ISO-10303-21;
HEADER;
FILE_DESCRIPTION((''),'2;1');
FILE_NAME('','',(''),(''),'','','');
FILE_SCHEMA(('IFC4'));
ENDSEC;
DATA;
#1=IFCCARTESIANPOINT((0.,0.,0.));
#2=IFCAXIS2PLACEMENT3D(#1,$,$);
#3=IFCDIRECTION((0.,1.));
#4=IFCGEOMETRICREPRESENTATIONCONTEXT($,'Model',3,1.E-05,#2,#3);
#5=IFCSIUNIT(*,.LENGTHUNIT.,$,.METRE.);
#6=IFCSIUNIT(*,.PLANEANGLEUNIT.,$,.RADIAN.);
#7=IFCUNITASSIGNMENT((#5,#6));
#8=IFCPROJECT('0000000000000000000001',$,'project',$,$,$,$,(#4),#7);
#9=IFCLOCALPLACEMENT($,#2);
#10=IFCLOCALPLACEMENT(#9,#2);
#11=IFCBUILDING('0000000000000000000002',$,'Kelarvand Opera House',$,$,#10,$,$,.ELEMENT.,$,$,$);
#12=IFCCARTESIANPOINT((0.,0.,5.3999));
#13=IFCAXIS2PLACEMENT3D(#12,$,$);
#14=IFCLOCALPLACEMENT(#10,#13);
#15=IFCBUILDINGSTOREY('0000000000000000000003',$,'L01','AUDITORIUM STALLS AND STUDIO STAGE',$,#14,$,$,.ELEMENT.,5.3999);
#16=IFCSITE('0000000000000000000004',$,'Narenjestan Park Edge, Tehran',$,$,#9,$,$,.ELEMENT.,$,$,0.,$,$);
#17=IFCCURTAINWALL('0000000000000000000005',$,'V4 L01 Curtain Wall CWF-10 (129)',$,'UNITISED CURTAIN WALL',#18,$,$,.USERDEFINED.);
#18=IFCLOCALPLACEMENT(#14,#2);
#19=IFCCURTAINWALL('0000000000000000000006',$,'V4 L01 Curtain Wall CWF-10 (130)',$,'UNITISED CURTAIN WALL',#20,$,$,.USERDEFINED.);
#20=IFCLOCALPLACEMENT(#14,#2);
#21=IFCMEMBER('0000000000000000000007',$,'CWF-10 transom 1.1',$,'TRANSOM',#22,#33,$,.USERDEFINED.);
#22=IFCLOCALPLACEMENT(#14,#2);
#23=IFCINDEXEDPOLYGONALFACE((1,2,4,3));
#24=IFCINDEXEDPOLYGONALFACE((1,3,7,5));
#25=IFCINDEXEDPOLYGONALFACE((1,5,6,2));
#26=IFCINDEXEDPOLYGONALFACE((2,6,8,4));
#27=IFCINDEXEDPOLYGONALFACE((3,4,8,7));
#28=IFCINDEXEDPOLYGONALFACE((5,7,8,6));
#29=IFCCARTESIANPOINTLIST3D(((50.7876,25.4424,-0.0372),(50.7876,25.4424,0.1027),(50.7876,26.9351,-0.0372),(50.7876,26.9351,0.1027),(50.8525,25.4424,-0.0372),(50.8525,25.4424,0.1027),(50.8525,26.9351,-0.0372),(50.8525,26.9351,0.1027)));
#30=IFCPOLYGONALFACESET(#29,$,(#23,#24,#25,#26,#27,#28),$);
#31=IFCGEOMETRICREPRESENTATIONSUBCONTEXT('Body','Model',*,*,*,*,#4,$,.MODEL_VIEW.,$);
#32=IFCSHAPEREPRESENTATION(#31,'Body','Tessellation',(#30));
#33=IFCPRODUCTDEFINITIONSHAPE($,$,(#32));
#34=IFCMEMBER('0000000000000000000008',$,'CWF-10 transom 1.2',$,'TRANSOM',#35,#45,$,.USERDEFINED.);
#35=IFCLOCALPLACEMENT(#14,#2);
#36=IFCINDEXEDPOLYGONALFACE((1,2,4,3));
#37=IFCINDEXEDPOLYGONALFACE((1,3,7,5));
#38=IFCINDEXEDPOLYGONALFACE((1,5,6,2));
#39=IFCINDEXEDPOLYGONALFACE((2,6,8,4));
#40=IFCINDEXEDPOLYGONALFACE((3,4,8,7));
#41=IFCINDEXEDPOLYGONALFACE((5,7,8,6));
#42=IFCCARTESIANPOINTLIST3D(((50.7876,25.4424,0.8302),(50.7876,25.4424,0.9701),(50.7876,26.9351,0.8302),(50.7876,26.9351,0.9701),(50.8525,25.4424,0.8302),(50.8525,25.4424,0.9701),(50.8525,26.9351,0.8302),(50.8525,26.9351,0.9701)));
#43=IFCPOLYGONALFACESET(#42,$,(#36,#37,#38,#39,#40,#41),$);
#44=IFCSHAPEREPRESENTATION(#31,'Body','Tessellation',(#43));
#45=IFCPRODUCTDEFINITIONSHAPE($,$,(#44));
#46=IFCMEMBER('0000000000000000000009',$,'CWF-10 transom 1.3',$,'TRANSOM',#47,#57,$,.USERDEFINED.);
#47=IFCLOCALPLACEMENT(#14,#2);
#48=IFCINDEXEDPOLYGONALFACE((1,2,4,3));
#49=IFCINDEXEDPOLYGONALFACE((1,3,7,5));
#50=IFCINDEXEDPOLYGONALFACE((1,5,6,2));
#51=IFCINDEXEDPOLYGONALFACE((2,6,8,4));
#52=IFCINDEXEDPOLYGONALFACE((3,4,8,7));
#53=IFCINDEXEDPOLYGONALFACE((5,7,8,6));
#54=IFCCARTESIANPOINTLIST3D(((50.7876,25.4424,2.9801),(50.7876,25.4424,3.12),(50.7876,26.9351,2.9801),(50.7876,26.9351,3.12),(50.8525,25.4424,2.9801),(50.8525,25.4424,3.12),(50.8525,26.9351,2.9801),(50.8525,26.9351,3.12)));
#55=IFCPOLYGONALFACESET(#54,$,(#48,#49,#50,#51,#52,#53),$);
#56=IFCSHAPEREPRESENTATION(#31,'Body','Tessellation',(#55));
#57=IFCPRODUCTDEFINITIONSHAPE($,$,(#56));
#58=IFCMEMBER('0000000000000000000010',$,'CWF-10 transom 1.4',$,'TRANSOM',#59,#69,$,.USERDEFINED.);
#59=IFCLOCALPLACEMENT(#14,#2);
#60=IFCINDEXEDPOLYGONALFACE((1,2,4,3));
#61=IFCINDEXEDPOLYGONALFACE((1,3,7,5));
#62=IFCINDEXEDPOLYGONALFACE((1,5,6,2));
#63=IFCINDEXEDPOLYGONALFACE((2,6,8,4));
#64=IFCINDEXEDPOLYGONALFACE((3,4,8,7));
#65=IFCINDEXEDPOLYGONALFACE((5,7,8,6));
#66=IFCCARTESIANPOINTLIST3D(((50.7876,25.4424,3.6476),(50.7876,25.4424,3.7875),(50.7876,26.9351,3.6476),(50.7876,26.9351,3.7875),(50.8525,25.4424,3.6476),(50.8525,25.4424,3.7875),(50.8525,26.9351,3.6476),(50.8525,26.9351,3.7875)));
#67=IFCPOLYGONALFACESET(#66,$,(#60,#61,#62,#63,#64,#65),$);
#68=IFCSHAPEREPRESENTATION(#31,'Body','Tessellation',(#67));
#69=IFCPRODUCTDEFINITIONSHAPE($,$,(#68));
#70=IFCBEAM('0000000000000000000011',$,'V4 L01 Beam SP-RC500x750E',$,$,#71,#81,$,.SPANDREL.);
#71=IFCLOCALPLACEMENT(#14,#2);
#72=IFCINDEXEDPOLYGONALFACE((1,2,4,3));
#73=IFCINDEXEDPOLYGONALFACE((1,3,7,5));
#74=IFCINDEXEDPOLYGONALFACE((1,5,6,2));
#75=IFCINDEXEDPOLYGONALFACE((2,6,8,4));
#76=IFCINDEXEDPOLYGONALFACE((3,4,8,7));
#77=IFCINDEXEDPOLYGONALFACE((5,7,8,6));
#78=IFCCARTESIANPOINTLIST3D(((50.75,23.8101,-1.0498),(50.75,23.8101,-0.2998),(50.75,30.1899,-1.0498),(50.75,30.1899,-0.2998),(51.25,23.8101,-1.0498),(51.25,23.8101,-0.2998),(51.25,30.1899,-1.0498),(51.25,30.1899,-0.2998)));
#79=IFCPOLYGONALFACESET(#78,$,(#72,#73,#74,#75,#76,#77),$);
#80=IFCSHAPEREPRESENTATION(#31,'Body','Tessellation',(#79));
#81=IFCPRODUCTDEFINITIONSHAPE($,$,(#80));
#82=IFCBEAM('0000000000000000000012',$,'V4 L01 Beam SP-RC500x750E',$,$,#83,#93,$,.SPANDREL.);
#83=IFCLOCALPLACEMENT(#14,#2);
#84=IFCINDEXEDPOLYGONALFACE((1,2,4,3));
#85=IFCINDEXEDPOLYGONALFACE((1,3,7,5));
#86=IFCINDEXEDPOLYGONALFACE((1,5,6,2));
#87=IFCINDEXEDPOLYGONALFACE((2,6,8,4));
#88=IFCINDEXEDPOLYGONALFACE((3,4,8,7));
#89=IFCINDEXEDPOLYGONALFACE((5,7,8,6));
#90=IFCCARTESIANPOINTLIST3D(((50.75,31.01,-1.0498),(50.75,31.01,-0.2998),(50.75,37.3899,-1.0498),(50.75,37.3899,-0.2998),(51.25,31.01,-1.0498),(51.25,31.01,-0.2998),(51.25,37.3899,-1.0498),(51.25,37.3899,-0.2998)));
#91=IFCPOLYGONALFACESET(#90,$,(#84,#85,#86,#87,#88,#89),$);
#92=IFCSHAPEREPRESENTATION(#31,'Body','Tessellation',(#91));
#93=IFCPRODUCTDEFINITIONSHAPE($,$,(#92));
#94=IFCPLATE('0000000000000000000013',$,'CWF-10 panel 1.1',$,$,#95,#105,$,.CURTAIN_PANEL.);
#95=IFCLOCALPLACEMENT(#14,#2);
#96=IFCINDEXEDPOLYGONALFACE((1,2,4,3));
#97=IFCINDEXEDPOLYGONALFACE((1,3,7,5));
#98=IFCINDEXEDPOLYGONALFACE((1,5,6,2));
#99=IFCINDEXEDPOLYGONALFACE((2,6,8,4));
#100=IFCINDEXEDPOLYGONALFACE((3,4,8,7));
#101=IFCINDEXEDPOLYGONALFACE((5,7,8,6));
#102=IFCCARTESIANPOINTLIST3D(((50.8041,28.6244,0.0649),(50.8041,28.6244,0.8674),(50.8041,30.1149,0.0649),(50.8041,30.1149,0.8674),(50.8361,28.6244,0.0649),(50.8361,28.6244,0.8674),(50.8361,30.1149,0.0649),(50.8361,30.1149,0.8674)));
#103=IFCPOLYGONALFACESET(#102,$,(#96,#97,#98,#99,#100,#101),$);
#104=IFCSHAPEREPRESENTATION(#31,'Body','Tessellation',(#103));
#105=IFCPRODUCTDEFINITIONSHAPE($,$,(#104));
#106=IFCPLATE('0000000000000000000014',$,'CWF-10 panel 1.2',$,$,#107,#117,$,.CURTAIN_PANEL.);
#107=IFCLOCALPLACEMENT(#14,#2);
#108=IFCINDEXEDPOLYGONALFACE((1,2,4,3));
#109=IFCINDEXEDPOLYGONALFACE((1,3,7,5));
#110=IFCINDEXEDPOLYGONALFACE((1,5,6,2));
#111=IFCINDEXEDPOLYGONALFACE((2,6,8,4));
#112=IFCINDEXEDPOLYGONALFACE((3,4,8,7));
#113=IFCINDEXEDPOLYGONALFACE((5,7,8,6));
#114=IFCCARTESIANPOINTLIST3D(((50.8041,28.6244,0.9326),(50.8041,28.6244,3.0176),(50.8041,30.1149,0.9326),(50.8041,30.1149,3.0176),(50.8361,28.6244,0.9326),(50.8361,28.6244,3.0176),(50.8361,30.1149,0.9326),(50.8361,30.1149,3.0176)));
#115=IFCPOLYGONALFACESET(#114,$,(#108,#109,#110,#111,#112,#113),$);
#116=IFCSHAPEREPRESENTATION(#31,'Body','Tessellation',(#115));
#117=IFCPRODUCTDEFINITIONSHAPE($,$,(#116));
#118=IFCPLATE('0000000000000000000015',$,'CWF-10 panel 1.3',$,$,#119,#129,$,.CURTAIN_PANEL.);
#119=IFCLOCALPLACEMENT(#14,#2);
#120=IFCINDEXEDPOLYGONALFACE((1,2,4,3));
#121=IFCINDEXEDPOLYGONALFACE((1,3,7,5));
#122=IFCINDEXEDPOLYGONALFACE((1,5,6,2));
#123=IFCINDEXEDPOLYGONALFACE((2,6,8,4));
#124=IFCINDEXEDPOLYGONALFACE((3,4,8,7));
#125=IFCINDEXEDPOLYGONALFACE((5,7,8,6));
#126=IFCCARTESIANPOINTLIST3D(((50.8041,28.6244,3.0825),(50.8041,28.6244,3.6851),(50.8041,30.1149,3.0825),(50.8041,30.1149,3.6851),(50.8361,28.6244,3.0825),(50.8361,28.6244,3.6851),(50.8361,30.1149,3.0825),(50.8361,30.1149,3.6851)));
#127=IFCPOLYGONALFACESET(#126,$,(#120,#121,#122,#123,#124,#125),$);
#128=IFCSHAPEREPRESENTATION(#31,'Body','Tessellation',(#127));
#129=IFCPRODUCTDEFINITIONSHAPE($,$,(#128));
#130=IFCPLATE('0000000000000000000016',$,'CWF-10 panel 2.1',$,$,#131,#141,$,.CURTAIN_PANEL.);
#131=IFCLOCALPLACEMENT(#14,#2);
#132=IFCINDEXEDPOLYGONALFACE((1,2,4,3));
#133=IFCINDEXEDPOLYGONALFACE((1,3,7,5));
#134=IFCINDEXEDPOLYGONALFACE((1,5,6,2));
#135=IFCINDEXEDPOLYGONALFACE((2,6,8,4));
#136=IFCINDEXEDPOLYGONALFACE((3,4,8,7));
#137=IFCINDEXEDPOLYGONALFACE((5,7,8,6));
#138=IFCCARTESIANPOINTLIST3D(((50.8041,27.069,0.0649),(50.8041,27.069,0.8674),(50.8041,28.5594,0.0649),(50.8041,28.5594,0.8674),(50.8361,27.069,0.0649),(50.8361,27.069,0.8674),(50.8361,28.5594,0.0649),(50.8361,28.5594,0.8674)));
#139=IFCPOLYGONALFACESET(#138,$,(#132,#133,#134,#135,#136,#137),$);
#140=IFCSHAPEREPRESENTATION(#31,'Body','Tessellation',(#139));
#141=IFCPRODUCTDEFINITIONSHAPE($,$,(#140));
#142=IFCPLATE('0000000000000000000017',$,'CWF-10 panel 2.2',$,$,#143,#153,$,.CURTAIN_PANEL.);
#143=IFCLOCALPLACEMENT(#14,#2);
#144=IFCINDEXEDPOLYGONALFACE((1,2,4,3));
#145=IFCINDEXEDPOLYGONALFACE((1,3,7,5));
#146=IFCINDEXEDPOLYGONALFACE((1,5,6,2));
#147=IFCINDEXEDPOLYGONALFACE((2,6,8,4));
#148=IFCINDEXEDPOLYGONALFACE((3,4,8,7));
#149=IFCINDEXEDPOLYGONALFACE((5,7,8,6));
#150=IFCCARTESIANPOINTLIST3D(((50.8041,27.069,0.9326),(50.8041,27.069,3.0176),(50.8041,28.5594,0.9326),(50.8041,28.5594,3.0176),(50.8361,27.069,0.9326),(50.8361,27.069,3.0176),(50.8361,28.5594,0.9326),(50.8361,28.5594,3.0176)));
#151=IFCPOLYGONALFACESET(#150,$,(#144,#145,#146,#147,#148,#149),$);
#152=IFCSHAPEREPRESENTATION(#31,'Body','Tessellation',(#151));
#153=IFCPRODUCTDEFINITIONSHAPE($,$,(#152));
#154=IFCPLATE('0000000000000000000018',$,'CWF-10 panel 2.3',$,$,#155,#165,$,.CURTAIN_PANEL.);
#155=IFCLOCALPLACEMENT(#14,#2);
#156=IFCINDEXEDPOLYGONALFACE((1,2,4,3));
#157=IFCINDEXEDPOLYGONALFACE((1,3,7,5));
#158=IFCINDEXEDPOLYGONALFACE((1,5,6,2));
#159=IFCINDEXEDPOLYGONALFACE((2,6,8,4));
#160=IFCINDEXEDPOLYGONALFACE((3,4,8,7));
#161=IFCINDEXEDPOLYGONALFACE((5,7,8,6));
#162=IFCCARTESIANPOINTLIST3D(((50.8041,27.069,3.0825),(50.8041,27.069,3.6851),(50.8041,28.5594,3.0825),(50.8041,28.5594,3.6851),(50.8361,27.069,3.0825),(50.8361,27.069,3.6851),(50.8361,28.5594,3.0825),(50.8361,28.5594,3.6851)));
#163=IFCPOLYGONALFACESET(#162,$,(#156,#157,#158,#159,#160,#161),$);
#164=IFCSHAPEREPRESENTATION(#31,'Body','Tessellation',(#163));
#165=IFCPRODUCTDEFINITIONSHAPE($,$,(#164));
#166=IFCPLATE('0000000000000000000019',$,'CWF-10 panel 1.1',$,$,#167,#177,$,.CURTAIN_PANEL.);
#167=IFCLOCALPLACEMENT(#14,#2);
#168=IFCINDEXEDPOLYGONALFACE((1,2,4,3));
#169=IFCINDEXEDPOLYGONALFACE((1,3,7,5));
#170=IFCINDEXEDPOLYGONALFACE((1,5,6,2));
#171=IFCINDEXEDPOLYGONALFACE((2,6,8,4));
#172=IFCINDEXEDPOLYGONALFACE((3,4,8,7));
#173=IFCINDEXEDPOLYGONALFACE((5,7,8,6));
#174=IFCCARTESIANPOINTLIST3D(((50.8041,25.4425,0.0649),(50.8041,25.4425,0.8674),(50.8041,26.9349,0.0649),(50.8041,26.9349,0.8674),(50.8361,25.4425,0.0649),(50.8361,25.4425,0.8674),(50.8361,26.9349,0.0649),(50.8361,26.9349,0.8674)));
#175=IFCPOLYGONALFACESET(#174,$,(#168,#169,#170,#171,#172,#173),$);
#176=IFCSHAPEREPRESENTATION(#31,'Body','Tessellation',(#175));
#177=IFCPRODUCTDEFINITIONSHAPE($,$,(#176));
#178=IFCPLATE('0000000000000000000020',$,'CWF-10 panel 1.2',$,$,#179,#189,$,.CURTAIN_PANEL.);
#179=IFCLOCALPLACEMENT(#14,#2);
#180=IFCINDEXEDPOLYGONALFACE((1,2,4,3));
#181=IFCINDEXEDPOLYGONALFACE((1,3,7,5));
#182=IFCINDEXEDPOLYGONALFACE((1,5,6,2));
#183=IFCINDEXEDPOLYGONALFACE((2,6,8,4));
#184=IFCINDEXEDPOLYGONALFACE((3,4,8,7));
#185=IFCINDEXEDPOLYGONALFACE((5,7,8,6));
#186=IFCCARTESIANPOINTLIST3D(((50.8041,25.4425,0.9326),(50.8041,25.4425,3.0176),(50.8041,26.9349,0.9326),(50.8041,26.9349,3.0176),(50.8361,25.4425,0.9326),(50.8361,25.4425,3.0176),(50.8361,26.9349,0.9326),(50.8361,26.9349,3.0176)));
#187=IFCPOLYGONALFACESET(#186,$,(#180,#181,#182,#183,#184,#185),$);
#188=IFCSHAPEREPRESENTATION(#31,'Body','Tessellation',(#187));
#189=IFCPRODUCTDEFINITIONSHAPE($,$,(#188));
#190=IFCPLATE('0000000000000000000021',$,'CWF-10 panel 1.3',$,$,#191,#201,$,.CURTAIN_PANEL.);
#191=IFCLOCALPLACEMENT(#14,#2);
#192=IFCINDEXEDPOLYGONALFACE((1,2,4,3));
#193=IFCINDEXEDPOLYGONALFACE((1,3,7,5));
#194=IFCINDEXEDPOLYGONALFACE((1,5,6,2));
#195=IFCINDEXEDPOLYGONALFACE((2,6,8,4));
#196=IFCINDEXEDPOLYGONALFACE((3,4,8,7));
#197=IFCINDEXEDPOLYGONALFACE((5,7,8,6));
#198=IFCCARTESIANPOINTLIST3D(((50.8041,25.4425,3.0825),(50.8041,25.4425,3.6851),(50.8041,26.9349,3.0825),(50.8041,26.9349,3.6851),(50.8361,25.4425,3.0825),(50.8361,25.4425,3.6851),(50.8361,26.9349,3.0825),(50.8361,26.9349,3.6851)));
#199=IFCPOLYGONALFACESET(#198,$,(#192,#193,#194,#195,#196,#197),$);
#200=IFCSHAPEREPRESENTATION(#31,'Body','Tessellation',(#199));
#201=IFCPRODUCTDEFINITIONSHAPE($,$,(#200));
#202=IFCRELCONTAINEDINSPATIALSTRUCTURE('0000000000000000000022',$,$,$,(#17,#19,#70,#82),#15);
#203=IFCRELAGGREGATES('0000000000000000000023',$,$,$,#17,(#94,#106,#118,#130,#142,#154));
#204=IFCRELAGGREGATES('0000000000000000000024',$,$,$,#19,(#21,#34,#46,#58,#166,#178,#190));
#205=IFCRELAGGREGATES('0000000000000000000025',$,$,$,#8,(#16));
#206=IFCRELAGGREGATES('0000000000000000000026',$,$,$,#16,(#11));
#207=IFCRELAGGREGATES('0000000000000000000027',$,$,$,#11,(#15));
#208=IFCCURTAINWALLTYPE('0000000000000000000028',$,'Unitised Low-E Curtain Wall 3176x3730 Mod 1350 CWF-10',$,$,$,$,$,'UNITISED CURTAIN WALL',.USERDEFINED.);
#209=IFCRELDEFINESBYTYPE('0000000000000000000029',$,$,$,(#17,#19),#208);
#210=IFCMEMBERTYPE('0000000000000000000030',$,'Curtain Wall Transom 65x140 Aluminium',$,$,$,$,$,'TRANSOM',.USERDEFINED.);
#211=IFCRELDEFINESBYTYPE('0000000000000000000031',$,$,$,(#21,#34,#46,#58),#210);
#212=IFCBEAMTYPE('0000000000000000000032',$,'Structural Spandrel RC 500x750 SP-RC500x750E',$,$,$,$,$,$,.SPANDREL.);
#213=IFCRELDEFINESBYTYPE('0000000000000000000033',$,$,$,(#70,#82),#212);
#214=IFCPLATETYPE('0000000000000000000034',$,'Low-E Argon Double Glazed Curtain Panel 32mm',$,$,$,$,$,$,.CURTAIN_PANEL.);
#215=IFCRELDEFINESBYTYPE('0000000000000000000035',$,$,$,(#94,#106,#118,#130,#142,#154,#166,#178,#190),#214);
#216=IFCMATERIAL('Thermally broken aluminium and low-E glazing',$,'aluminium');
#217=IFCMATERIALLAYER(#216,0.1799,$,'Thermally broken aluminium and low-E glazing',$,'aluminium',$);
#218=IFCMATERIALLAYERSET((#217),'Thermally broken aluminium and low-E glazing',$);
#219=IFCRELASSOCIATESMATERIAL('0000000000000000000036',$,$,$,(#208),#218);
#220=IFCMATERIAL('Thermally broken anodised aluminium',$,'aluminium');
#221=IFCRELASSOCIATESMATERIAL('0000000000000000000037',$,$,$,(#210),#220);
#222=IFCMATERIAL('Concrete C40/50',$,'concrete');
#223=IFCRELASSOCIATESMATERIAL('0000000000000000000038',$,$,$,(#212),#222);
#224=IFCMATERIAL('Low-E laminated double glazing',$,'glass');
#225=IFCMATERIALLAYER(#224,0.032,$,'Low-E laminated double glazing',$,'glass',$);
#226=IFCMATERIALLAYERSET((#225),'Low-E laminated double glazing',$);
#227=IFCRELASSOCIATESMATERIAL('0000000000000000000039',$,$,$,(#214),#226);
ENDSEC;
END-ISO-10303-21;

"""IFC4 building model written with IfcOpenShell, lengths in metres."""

from ifc_helpers import new_model, si_unit, direction, frame, origin, origin_2d, place, context, subcontext, project, spatial, rectangle, extrude, material, layer, layer_set, material_profile, profile_set, type_object, element, aggregate, save


model = new_model("IFC4")

# Units and contexts
model_context = context("Model", 3, precision=1e-05, world=origin(), true_north=direction((0.0, 1.0)))
body_context = subcontext(model_context, "Body", "Model", "MODEL_VIEW")
ifc_project = project(units=[si_unit("LENGTHUNIT", "METRE"), si_unit("PLANEANGLEUNIT", "RADIAN")], contexts=[model_context])

# Site, building, storey
site_placement = place(None, origin())
site = spatial("IfcSite", under=ifc_project, at=site_placement, Name="Narenjestan Park Edge, Tehran", CompositionType="ELEMENT", RefElevation=0.0)
building_placement = place(site_placement, origin())
building = spatial("IfcBuilding", under=site, at=building_placement, Name="Kelarvand Opera House", CompositionType="ELEMENT")
storey_placement = place(building_placement, frame((0.0, 0.0, 5.3999)))
storey = spatial("IfcBuildingStorey", under=building, at=storey_placement, Name="L01", Description="AUDITORIUM STALLS AND STUDIO STAGE", CompositionType="ELEMENT", Elevation=5.3999)

# Shared definitions
ifc_material_1 = material(Name="Concrete C40/50", Category="concrete")

# Curtain wall
ifc_material_2 = material(Name="Thermally broken aluminium and low-E glazing", Category="aluminium")
ifc_layer_1 = layer(ifc_material_2, 0.1799, Name="Thermally broken aluminium and low-E glazing", Category="aluminium")
ifc_layer_set_1 = layer_set([ifc_layer_1], Name="Thermally broken aluminium and low-E glazing")
curtain_wall_type = type_object("IfcCurtainWallType", Name="Unitised Low-E Curtain Wall 3176x3730 Mod 1350 CWF-10", ElementType="UNITISED CURTAIN WALL", PredefinedType="USERDEFINED", material=ifc_layer_set_1)
curtain_wall_1_placement = place(storey_placement, origin())
curtain_wall_1 = element("IfcCurtainWall", 1, at=curtain_wall_1_placement, inside=storey, type_object=curtain_wall_type, Name="V4 L01 Curtain Wall CWF-10 (129)", ObjectType="UNITISED CURTAIN WALL", PredefinedType="USERDEFINED")
ifc_material_3 = material(Name="Thermally broken anodised aluminium", Category="aluminium")

# Curtain wall
curtain_wall_2_placement = place(storey_placement, origin())
curtain_wall_2 = element("IfcCurtainWall", 2, at=curtain_wall_2_placement, inside=storey, type_object=curtain_wall_type, Name="V4 L01 Curtain Wall CWF-10 (130)", ObjectType="UNITISED CURTAIN WALL", PredefinedType="USERDEFINED")

# Members
ifc_material_profile_1 = material_profile(ifc_material_3, rectangle(XDim=0.0649, YDim=0.1399, at=origin_2d()), Name="ALU TRANSOM 65x140", Category="aluminium")
ifc_profile_set_1 = profile_set([ifc_material_profile_1], Name="Thermally broken anodised aluminium")
member_type_1 = type_object("IfcMemberType", Name="Curtain Wall Transom 65x140 Aluminium", ElementType="TRANSOM", PredefinedType="USERDEFINED", material=ifc_profile_set_1)
member_1_placement = place(storey_placement, frame((50.8201, 26.9351, 0.0327), z_axis=(0.0, -1.0, 0.0), x_axis=(1.0, 0.0, 0.0)))
member_1 = element("IfcMember", 3, at=member_1_placement, type_object=member_type_1, Name="CWF-10 transom 1.1", ObjectType="TRANSOM", PredefinedType="USERDEFINED", context=body_context, shape_type="SweptSolid", body=[
    extrude(rectangle(XDim=0.0649, YDim=0.1399, at=origin_2d()), origin(), (0.0, 0.0, 1.0), 1.4927),
])
member_2_placement = place(storey_placement, frame((50.8201, 26.9351, 0.9001), z_axis=(0.0, -1.0, 0.0), x_axis=(1.0, 0.0, 0.0)))
member_2 = element("IfcMember", 4, at=member_2_placement, type_object=member_type_1, Name="CWF-10 transom 1.2", ObjectType="TRANSOM", PredefinedType="USERDEFINED", context=body_context, shape_type="SweptSolid", body=[
    extrude(rectangle(XDim=0.0649, YDim=0.1399, at=origin_2d()), origin(), (0.0, 0.0, 1.0), 1.4927),
])
member_3_placement = place(storey_placement, frame((50.8201, 26.9351, 3.05), z_axis=(0.0, -1.0, 0.0), x_axis=(1.0, 0.0, 0.0)))
member_3 = element("IfcMember", 5, at=member_3_placement, type_object=member_type_1, Name="CWF-10 transom 1.3", ObjectType="TRANSOM", PredefinedType="USERDEFINED", context=body_context, shape_type="SweptSolid", body=[
    extrude(rectangle(XDim=0.0649, YDim=0.1399, at=origin_2d()), origin(), (0.0, 0.0, 1.0), 1.4927),
])
member_4_placement = place(storey_placement, frame((50.8201, 26.9351, 3.7175), z_axis=(0.0, -1.0, 0.0), x_axis=(1.0, 0.0, 0.0)))
member_4 = element("IfcMember", 6, at=member_4_placement, type_object=member_type_1, Name="CWF-10 transom 1.4", ObjectType="TRANSOM", PredefinedType="USERDEFINED", context=body_context, shape_type="SweptSolid", body=[
    extrude(rectangle(XDim=0.0649, YDim=0.1399, at=origin_2d()), origin(), (0.0, 0.0, 1.0), 1.4927),
])

# Beams
ifc_material_profile_2 = material_profile(ifc_material_1, rectangle(XDim=0.5, YDim=0.75, at=origin_2d()), Name="RC 500x750", Category="concrete")
ifc_profile_set_2 = profile_set([ifc_material_profile_2], Name="Concrete C40/50")
beam_type = type_object("IfcBeamType", Name="Structural Spandrel RC 500x750 SP-RC500x750E", PredefinedType="SPANDREL", material=ifc_profile_set_2)
for number, where, z_axis, x_axis, name in (
    (7, (51.0, 23.8101, -0.6748), (0.0, 1.0, 0.0), (-1.0, 0.0, 0.0), "V4 L01 Beam SP-RC500x750E"),
    (8, (51.0, 31.01, -0.6748), (0.0, 1.0, 0.0), (-1.0, 0.0, 0.0), "V4 L01 Beam SP-RC500x750E"),
):
    element("IfcBeam", number, at=place(storey_placement, frame(where, z_axis=z_axis, x_axis=x_axis)), inside=storey, type_object=beam_type, Name=name, PredefinedType="SPANDREL", context=body_context, shape_type="SweptSolid", body=[
        extrude(rectangle(XDim=0.5, YDim=0.75, at=origin_2d()), origin(), (0.0, 0.0, 1.0), 6.3799),
    ])

# Plates
ifc_material_4 = material(Name="Low-E laminated double glazing", Category="glass")
ifc_layer_2 = layer(ifc_material_4, 0.032, Name="Low-E laminated double glazing", Category="glass")
ifc_layer_set_2 = layer_set([ifc_layer_2], Name="Low-E laminated double glazing")
plate_type = type_object("IfcPlateType", Name="Low-E Argon Double Glazed Curtain Panel 32mm", PredefinedType="CURTAIN_PANEL", material=ifc_layer_set_2)
plate_1_placement = place(storey_placement, frame((50.8201, 29.3696, 0.0649), z_axis=(0.0, 0.0, 1.0), x_axis=(0.0, -1.0, 0.0)))
plate_1 = element("IfcPlate", 9, at=plate_1_placement, type_object=plate_type, Name="CWF-10 panel 1.1", PredefinedType="CURTAIN_PANEL", context=body_context, shape_type="SweptSolid", body=[
    extrude(rectangle(XDim=1.4905, YDim=0.032, at=origin_2d()), origin(), (0.0, 0.0, 1.0), 0.8025),
])
plate_2_placement = place(storey_placement, frame((50.8201, 29.3696, 0.9326), z_axis=(0.0, 0.0, 1.0), x_axis=(0.0, -1.0, 0.0)))
plate_2 = element("IfcPlate", 10, at=plate_2_placement, type_object=plate_type, Name="CWF-10 panel 1.2", PredefinedType="CURTAIN_PANEL", context=body_context, shape_type="SweptSolid", body=[
    extrude(rectangle(XDim=1.4905, YDim=0.032, at=origin_2d()), origin(), (0.0, 0.0, 1.0), 2.085),
])
plate_3_placement = place(storey_placement, frame((50.8201, 29.3696, 3.0825), z_axis=(0.0, 0.0, 1.0), x_axis=(0.0, -1.0, 0.0)))
plate_3 = element("IfcPlate", 11, at=plate_3_placement, type_object=plate_type, Name="CWF-10 panel 1.3", PredefinedType="CURTAIN_PANEL", context=body_context, shape_type="SweptSolid", body=[
    extrude(rectangle(XDim=1.4905, YDim=0.032, at=origin_2d()), origin(), (0.0, 0.0, 1.0), 0.6025),
])
plate_4_placement = place(storey_placement, frame((50.8201, 27.8142, 0.0649), z_axis=(0.0, 0.0, 1.0), x_axis=(0.0, -1.0, 0.0)))
plate_4 = element("IfcPlate", 12, at=plate_4_placement, type_object=plate_type, Name="CWF-10 panel 2.1", PredefinedType="CURTAIN_PANEL", context=body_context, shape_type="SweptSolid", body=[
    extrude(rectangle(XDim=1.4905, YDim=0.032, at=origin_2d()), origin(), (0.0, 0.0, 1.0), 0.8025),
])
plate_5_placement = place(storey_placement, frame((50.8201, 27.8142, 0.9326), z_axis=(0.0, 0.0, 1.0), x_axis=(0.0, -1.0, 0.0)))
plate_5 = element("IfcPlate", 13, at=plate_5_placement, type_object=plate_type, Name="CWF-10 panel 2.2", PredefinedType="CURTAIN_PANEL", context=body_context, shape_type="SweptSolid", body=[
    extrude(rectangle(XDim=1.4905, YDim=0.032, at=origin_2d()), origin(), (0.0, 0.0, 1.0), 2.085),
])
plate_6_placement = place(storey_placement, frame((50.8201, 27.8142, 3.0825), z_axis=(0.0, 0.0, 1.0), x_axis=(0.0, -1.0, 0.0)))
plate_6 = element("IfcPlate", 14, at=plate_6_placement, type_object=plate_type, Name="CWF-10 panel 2.3", PredefinedType="CURTAIN_PANEL", context=body_context, shape_type="SweptSolid", body=[
    extrude(rectangle(XDim=1.4905, YDim=0.032, at=origin_2d()), origin(), (0.0, 0.0, 1.0), 0.6025),
])
aggregate(curtain_wall_1, [plate_1, plate_2, plate_3, plate_4, plate_5, plate_6])
plate_7_placement = place(storey_placement, frame((50.8201, 26.1887, 0.0649), z_axis=(0.0, 0.0, 1.0), x_axis=(0.0, -1.0, 0.0)))
plate_7 = element("IfcPlate", 15, at=plate_7_placement, type_object=plate_type, Name="CWF-10 panel 1.1", PredefinedType="CURTAIN_PANEL", context=body_context, shape_type="SweptSolid", body=[
    extrude(rectangle(XDim=1.4924, YDim=0.032, at=origin_2d()), origin(), (0.0, 0.0, 1.0), 0.8025),
])
plate_8_placement = place(storey_placement, frame((50.8201, 26.1887, 0.9326), z_axis=(0.0, 0.0, 1.0), x_axis=(0.0, -1.0, 0.0)))
plate_8 = element("IfcPlate", 16, at=plate_8_placement, type_object=plate_type, Name="CWF-10 panel 1.2", PredefinedType="CURTAIN_PANEL", context=body_context, shape_type="SweptSolid", body=[
    extrude(rectangle(XDim=1.4924, YDim=0.032, at=origin_2d()), origin(), (0.0, 0.0, 1.0), 2.085),
])
plate_9_placement = place(storey_placement, frame((50.8201, 26.1887, 3.0825), z_axis=(0.0, 0.0, 1.0), x_axis=(0.0, -1.0, 0.0)))
plate_9 = element("IfcPlate", 17, at=plate_9_placement, type_object=plate_type, Name="CWF-10 panel 1.3", PredefinedType="CURTAIN_PANEL", context=body_context, shape_type="SweptSolid", body=[
    extrude(rectangle(XDim=1.4924, YDim=0.032, at=origin_2d()), origin(), (0.0, 0.0, 1.0), 0.6025),
])
aggregate(curtain_wall_2, [member_1, member_2, member_3, member_4, plate_7, plate_8, plate_9])

save(model, "model.ifc")
